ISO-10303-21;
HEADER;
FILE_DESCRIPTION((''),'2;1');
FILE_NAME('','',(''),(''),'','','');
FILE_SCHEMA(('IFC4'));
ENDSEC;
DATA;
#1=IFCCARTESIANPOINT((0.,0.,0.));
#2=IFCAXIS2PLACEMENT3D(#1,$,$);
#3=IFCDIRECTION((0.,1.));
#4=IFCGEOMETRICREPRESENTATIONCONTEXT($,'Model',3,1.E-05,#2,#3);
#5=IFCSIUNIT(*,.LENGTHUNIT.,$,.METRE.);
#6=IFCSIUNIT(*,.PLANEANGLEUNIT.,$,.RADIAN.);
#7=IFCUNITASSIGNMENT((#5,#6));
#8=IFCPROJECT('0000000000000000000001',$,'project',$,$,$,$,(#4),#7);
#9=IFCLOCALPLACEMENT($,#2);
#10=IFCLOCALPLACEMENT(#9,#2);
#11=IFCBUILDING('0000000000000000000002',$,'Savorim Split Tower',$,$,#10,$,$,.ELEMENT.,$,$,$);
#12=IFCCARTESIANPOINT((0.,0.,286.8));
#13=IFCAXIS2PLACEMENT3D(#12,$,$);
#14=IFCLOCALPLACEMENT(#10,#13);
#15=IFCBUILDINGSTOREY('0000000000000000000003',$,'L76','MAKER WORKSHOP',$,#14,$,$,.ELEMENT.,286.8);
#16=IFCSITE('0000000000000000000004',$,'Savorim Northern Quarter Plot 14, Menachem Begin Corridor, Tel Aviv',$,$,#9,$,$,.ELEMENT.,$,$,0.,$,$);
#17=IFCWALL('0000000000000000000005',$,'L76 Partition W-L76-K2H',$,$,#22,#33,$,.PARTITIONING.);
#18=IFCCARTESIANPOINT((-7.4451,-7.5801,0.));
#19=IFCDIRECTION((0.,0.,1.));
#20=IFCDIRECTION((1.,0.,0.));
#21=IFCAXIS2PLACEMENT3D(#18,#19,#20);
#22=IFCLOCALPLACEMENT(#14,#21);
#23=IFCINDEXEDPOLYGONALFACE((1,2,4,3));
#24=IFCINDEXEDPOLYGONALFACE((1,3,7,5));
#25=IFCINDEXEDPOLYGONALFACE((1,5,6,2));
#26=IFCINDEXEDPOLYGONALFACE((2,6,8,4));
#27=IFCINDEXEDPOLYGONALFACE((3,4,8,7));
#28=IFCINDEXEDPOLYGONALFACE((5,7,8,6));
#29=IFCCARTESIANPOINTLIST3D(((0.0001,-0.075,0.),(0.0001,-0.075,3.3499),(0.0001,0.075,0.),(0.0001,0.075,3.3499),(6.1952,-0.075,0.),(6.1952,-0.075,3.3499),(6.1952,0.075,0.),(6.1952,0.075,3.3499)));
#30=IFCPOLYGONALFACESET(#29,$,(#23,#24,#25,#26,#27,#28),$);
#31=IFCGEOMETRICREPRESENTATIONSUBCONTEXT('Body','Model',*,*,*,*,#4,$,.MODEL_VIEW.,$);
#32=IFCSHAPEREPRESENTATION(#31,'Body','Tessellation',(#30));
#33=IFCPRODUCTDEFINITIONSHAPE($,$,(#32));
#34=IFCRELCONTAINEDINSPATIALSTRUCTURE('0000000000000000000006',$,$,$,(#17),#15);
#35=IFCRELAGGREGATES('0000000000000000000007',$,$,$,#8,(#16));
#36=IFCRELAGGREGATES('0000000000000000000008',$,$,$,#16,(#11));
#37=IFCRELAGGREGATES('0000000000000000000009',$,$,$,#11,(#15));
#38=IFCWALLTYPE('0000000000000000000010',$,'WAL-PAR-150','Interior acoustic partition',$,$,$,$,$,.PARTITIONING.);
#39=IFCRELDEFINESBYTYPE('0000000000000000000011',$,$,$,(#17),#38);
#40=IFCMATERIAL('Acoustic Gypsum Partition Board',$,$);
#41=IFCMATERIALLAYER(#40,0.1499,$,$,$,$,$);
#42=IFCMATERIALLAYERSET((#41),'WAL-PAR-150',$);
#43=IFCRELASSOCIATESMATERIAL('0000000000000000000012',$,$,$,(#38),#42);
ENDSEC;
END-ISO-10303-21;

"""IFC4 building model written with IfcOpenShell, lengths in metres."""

from ifc_helpers import new_model, si_unit, direction, frame, frame_2d, origin, place, context, subcontext, project, spatial, rectangle, extrude, material, layer, layer_set, type_object, element, save


model = new_model("IFC4")

# Units and contexts
model_context = context("Model", 3, precision=1e-05, world=origin(), true_north=direction((0.0, 1.0)))
body_context = subcontext(model_context, "Body", "Model", "MODEL_VIEW")
ifc_project = project(units=[si_unit("LENGTHUNIT", "METRE"), si_unit("PLANEANGLEUNIT", "RADIAN")], contexts=[model_context])

# Site, building, storey
site_placement = place(None, origin())
site = spatial("IfcSite", under=ifc_project, at=site_placement, Name="Savorim Northern Quarter Plot 14, Menachem Begin Corridor, Tel Aviv", CompositionType="ELEMENT", RefElevation=0.0)
building_placement = place(site_placement, origin())
building = spatial("IfcBuilding", under=site, at=building_placement, Name="Savorim Split Tower", CompositionType="ELEMENT")
storey_placement = place(building_placement, frame((0.0, 0.0, 286.8)))
storey = spatial("IfcBuildingStorey", under=building, at=storey_placement, Name="L76", Description="MAKER WORKSHOP", CompositionType="ELEMENT", Elevation=286.8)

# Shared definitions
ifc_material_1 = material(Name="Acoustic Gypsum Partition Board")
ifc_layer_1 = layer(ifc_material_1, 0.1499)
ifc_layer_set_1 = layer_set([ifc_layer_1], Name="WAL-PAR-150")
wall_type_1 = type_object("IfcWallType", Name="WAL-PAR-150", Description="Interior acoustic partition", PredefinedType="PARTITIONING", material=ifc_layer_set_1)

# Wall
wall_1_placement = place(storey_placement, frame((-7.4451, -7.5801, 0.0), z_axis=(0.0, 0.0, 1.0), x_axis=(1.0, 0.0, 0.0)))
element("IfcWall", 1, at=wall_1_placement, inside=storey, type_object=wall_type_1, Name="L76 Partition W-L76-K2H", PredefinedType="PARTITIONING", context=body_context, shape_type="SweptSolid", body=[
    extrude(rectangle(XDim=6.1951, YDim=0.1499, at=frame_2d((3.0977, 0.0))), origin(), (0.0, 0.0, 1.0), 3.3499),
])

save(model, "model.ifc")
